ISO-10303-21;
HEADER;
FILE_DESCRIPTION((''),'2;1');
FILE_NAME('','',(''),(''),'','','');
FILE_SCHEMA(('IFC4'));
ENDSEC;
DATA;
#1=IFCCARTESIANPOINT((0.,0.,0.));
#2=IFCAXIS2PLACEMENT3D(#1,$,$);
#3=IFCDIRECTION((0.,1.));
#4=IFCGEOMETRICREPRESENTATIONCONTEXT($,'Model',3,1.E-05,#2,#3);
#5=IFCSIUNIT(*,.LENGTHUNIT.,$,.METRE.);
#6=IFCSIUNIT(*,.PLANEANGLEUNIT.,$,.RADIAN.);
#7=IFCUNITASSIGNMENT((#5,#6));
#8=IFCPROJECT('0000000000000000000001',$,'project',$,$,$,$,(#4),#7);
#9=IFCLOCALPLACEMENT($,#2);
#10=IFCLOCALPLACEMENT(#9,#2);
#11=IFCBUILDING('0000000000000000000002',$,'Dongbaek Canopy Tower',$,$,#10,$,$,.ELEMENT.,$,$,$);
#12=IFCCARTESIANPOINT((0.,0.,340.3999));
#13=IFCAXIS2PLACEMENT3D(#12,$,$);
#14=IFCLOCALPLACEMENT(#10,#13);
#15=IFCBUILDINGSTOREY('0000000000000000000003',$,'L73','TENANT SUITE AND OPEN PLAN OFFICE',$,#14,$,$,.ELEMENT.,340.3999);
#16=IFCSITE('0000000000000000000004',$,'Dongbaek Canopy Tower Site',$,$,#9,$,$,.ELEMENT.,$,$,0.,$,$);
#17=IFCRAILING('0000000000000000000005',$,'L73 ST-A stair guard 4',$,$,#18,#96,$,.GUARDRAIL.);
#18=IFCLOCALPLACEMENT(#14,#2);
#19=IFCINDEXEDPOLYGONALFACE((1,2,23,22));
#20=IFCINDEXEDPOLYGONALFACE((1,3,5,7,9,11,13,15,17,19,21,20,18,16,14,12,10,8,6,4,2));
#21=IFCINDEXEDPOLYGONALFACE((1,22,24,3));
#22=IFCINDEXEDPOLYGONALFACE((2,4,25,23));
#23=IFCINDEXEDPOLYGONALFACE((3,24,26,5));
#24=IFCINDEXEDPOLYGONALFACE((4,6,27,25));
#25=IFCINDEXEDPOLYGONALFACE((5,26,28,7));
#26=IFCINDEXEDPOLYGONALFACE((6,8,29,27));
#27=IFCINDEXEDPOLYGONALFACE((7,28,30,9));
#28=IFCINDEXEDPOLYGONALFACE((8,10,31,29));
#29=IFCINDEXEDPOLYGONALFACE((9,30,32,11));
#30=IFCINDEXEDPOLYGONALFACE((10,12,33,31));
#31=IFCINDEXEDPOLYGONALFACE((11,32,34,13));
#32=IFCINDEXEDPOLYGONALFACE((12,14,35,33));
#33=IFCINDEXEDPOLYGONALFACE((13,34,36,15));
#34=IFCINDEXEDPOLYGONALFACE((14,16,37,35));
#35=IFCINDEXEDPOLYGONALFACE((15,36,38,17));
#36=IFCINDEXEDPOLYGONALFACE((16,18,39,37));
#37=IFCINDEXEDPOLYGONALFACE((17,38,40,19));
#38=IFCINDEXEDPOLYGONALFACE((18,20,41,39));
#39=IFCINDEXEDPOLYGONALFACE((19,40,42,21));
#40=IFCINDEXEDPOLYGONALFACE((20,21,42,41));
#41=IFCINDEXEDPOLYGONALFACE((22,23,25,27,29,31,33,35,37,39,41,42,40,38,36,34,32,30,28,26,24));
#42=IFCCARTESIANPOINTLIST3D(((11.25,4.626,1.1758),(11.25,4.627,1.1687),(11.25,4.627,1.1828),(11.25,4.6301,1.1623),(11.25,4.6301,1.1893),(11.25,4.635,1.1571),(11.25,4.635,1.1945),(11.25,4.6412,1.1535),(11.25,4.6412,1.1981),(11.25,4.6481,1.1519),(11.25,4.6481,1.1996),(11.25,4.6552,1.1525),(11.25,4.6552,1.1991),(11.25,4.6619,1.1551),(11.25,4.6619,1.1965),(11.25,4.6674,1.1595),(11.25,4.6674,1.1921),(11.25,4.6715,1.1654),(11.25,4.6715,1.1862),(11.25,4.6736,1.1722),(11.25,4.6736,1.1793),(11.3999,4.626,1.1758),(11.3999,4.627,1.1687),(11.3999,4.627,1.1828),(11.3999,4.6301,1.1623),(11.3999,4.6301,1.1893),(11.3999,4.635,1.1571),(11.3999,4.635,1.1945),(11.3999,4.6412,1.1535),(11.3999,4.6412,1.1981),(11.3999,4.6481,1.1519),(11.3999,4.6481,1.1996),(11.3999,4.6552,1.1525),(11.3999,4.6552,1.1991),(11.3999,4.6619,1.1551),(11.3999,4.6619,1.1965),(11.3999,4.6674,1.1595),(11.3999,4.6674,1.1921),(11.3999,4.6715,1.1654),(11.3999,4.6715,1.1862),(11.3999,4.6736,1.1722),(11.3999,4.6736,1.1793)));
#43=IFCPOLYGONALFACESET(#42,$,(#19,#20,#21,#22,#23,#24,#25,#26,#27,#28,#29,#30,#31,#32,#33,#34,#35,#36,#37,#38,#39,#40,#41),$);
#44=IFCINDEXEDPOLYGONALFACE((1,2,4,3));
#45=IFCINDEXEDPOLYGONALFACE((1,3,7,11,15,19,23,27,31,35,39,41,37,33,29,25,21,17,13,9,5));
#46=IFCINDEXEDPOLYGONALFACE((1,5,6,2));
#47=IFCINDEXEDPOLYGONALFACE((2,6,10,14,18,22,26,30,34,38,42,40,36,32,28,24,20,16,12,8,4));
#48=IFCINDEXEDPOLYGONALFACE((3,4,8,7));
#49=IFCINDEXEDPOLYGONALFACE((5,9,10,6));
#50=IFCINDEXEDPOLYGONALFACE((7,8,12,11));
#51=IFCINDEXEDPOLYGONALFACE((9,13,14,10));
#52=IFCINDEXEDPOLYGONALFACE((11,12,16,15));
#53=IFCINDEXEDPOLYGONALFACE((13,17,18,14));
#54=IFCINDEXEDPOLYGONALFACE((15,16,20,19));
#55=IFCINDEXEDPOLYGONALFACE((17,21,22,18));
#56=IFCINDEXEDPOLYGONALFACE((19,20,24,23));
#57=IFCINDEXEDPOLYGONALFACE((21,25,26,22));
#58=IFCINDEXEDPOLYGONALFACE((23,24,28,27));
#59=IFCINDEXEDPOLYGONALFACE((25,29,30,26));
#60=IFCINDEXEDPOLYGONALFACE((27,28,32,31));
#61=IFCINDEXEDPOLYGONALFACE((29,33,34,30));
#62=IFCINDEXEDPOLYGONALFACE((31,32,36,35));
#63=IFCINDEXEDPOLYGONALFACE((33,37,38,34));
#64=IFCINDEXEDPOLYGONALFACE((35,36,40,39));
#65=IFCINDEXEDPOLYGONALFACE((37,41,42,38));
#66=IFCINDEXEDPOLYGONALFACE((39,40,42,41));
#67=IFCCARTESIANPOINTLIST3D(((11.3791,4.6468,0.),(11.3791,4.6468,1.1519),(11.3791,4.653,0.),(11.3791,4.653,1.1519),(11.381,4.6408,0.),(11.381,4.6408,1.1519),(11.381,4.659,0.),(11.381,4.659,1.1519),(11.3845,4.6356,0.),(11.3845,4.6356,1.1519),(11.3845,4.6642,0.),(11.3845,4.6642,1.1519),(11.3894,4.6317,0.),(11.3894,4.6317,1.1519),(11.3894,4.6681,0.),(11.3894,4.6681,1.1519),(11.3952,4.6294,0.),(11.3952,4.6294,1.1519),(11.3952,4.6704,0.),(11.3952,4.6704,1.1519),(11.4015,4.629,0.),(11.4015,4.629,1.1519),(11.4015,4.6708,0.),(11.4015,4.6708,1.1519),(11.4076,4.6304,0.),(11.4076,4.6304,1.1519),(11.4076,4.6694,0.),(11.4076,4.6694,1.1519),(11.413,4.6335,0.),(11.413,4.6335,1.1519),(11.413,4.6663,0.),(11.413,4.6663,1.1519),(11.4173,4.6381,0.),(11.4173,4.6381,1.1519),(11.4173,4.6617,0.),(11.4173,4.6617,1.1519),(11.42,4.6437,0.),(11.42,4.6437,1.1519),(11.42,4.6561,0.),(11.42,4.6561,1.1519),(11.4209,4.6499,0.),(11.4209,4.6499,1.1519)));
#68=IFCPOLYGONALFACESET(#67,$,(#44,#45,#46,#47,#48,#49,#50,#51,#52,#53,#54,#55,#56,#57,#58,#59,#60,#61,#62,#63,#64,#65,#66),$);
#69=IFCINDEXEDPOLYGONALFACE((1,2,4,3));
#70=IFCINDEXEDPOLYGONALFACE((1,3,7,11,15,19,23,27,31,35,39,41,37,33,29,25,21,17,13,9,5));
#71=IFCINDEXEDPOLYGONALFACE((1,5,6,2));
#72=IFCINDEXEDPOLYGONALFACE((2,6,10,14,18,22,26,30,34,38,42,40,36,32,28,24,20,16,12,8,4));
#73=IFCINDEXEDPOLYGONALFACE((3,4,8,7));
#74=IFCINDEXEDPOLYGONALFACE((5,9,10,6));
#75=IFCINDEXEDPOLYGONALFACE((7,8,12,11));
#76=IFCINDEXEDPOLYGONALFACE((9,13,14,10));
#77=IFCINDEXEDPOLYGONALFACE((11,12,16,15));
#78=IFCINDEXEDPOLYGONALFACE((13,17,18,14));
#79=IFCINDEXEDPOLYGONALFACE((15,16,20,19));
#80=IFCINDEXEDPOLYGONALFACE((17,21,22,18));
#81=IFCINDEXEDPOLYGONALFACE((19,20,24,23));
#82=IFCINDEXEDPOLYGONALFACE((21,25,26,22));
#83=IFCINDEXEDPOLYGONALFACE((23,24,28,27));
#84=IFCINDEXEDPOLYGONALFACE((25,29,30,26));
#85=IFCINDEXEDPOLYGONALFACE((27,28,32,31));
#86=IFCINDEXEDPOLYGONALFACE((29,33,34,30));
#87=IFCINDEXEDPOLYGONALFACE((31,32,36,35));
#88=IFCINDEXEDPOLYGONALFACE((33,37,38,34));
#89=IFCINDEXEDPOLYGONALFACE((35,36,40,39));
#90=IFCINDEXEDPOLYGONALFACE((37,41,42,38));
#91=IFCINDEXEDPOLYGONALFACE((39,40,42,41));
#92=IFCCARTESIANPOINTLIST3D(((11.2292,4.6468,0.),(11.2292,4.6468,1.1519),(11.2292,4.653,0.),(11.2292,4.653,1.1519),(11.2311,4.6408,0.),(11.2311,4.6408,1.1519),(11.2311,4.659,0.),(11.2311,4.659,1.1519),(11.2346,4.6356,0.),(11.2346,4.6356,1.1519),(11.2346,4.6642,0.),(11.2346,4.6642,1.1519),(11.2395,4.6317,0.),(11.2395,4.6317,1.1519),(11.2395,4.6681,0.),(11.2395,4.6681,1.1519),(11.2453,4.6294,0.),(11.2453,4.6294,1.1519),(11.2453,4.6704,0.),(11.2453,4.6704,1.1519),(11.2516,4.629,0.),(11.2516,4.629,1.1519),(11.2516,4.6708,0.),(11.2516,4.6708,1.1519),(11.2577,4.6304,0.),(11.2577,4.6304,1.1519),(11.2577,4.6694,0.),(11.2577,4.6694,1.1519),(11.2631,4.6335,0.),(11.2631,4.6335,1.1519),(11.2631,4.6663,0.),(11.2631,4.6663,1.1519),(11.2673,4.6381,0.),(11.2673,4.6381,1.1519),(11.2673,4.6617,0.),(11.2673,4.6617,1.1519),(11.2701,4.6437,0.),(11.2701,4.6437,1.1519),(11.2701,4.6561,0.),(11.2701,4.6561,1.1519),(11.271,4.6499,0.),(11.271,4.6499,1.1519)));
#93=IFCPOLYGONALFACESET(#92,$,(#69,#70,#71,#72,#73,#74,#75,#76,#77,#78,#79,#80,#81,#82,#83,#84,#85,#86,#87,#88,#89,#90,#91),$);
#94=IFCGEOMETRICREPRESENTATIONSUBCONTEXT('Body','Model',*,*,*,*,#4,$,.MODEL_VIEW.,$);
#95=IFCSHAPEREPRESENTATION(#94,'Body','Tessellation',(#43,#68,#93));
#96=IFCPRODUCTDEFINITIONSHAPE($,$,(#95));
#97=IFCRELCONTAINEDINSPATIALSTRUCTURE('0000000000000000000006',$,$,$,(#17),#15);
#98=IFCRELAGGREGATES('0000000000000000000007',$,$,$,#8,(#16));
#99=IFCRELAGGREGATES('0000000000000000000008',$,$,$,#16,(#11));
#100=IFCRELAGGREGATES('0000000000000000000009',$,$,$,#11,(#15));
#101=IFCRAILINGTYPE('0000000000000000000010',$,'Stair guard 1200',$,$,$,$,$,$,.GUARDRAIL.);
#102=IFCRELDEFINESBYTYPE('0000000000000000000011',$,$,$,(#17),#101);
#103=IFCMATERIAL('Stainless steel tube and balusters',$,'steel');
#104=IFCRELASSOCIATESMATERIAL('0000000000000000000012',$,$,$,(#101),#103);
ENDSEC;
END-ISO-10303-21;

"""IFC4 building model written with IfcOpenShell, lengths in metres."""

from ifc_helpers import new_model, si_unit, direction, frame, origin, origin_2d, place, context, subcontext, project, spatial, circle, extrude, material, type_object, element, save


model = new_model("IFC4")

# Units and contexts
model_context = context("Model", 3, precision=1e-05, world=origin(), true_north=direction((0.0, 1.0)))
body_context = subcontext(model_context, "Body", "Model", "MODEL_VIEW")
ifc_project = project(units=[si_unit("LENGTHUNIT", "METRE"), si_unit("PLANEANGLEUNIT", "RADIAN")], contexts=[model_context])

# Site, building, storey
site_placement = place(None, origin())
site = spatial("IfcSite", under=ifc_project, at=site_placement, Name="Dongbaek Canopy Tower Site", CompositionType="ELEMENT", RefElevation=0.0)
building_placement = place(site_placement, origin())
building = spatial("IfcBuilding", under=site, at=building_placement, Name="Dongbaek Canopy Tower", CompositionType="ELEMENT")
storey_placement = place(building_placement, frame((0.0, 0.0, 340.3999)))
storey = spatial("IfcBuildingStorey", under=building, at=storey_placement, Name="L73", Description="TENANT SUITE AND OPEN PLAN OFFICE", CompositionType="ELEMENT", Elevation=340.3999)

# Railing
ifc_material_1 = material(Name="Stainless steel tube and balusters", Category="steel")
railing_type_1 = type_object("IfcRailingType", Name="Stair guard 1200", PredefinedType="GUARDRAIL", material=ifc_material_1)
railing_1_placement = place(storey_placement, frame((11.3999, 4.6499, 0.0)))
element("IfcRailing", 1, at=railing_1_placement, inside=storey, type_object=railing_type_1, Name="L73 ST-A stair guard 4", PredefinedType="GUARDRAIL", context=body_context, shape_type="SweptSolid", body=[
    extrude(circle(Radius=0.0239, at=origin_2d()), frame((0.0, 0.0, 1.1758), z_axis=(-1.0, 0.0, 0.0), x_axis=(0.0, -1.0, 0.0)), (0.0, 0.0, 1.0), 0.1499),
    extrude(circle(Radius=0.021, at=origin_2d()), origin(), (0.0, 0.0, 1.0), 1.1519),
    extrude(circle(Radius=0.021, at=origin_2d()), frame((-0.1499, 0.0, 0.0)), (0.0, 0.0, 1.0), 1.1519),
])

save(model, "model.ifc")
